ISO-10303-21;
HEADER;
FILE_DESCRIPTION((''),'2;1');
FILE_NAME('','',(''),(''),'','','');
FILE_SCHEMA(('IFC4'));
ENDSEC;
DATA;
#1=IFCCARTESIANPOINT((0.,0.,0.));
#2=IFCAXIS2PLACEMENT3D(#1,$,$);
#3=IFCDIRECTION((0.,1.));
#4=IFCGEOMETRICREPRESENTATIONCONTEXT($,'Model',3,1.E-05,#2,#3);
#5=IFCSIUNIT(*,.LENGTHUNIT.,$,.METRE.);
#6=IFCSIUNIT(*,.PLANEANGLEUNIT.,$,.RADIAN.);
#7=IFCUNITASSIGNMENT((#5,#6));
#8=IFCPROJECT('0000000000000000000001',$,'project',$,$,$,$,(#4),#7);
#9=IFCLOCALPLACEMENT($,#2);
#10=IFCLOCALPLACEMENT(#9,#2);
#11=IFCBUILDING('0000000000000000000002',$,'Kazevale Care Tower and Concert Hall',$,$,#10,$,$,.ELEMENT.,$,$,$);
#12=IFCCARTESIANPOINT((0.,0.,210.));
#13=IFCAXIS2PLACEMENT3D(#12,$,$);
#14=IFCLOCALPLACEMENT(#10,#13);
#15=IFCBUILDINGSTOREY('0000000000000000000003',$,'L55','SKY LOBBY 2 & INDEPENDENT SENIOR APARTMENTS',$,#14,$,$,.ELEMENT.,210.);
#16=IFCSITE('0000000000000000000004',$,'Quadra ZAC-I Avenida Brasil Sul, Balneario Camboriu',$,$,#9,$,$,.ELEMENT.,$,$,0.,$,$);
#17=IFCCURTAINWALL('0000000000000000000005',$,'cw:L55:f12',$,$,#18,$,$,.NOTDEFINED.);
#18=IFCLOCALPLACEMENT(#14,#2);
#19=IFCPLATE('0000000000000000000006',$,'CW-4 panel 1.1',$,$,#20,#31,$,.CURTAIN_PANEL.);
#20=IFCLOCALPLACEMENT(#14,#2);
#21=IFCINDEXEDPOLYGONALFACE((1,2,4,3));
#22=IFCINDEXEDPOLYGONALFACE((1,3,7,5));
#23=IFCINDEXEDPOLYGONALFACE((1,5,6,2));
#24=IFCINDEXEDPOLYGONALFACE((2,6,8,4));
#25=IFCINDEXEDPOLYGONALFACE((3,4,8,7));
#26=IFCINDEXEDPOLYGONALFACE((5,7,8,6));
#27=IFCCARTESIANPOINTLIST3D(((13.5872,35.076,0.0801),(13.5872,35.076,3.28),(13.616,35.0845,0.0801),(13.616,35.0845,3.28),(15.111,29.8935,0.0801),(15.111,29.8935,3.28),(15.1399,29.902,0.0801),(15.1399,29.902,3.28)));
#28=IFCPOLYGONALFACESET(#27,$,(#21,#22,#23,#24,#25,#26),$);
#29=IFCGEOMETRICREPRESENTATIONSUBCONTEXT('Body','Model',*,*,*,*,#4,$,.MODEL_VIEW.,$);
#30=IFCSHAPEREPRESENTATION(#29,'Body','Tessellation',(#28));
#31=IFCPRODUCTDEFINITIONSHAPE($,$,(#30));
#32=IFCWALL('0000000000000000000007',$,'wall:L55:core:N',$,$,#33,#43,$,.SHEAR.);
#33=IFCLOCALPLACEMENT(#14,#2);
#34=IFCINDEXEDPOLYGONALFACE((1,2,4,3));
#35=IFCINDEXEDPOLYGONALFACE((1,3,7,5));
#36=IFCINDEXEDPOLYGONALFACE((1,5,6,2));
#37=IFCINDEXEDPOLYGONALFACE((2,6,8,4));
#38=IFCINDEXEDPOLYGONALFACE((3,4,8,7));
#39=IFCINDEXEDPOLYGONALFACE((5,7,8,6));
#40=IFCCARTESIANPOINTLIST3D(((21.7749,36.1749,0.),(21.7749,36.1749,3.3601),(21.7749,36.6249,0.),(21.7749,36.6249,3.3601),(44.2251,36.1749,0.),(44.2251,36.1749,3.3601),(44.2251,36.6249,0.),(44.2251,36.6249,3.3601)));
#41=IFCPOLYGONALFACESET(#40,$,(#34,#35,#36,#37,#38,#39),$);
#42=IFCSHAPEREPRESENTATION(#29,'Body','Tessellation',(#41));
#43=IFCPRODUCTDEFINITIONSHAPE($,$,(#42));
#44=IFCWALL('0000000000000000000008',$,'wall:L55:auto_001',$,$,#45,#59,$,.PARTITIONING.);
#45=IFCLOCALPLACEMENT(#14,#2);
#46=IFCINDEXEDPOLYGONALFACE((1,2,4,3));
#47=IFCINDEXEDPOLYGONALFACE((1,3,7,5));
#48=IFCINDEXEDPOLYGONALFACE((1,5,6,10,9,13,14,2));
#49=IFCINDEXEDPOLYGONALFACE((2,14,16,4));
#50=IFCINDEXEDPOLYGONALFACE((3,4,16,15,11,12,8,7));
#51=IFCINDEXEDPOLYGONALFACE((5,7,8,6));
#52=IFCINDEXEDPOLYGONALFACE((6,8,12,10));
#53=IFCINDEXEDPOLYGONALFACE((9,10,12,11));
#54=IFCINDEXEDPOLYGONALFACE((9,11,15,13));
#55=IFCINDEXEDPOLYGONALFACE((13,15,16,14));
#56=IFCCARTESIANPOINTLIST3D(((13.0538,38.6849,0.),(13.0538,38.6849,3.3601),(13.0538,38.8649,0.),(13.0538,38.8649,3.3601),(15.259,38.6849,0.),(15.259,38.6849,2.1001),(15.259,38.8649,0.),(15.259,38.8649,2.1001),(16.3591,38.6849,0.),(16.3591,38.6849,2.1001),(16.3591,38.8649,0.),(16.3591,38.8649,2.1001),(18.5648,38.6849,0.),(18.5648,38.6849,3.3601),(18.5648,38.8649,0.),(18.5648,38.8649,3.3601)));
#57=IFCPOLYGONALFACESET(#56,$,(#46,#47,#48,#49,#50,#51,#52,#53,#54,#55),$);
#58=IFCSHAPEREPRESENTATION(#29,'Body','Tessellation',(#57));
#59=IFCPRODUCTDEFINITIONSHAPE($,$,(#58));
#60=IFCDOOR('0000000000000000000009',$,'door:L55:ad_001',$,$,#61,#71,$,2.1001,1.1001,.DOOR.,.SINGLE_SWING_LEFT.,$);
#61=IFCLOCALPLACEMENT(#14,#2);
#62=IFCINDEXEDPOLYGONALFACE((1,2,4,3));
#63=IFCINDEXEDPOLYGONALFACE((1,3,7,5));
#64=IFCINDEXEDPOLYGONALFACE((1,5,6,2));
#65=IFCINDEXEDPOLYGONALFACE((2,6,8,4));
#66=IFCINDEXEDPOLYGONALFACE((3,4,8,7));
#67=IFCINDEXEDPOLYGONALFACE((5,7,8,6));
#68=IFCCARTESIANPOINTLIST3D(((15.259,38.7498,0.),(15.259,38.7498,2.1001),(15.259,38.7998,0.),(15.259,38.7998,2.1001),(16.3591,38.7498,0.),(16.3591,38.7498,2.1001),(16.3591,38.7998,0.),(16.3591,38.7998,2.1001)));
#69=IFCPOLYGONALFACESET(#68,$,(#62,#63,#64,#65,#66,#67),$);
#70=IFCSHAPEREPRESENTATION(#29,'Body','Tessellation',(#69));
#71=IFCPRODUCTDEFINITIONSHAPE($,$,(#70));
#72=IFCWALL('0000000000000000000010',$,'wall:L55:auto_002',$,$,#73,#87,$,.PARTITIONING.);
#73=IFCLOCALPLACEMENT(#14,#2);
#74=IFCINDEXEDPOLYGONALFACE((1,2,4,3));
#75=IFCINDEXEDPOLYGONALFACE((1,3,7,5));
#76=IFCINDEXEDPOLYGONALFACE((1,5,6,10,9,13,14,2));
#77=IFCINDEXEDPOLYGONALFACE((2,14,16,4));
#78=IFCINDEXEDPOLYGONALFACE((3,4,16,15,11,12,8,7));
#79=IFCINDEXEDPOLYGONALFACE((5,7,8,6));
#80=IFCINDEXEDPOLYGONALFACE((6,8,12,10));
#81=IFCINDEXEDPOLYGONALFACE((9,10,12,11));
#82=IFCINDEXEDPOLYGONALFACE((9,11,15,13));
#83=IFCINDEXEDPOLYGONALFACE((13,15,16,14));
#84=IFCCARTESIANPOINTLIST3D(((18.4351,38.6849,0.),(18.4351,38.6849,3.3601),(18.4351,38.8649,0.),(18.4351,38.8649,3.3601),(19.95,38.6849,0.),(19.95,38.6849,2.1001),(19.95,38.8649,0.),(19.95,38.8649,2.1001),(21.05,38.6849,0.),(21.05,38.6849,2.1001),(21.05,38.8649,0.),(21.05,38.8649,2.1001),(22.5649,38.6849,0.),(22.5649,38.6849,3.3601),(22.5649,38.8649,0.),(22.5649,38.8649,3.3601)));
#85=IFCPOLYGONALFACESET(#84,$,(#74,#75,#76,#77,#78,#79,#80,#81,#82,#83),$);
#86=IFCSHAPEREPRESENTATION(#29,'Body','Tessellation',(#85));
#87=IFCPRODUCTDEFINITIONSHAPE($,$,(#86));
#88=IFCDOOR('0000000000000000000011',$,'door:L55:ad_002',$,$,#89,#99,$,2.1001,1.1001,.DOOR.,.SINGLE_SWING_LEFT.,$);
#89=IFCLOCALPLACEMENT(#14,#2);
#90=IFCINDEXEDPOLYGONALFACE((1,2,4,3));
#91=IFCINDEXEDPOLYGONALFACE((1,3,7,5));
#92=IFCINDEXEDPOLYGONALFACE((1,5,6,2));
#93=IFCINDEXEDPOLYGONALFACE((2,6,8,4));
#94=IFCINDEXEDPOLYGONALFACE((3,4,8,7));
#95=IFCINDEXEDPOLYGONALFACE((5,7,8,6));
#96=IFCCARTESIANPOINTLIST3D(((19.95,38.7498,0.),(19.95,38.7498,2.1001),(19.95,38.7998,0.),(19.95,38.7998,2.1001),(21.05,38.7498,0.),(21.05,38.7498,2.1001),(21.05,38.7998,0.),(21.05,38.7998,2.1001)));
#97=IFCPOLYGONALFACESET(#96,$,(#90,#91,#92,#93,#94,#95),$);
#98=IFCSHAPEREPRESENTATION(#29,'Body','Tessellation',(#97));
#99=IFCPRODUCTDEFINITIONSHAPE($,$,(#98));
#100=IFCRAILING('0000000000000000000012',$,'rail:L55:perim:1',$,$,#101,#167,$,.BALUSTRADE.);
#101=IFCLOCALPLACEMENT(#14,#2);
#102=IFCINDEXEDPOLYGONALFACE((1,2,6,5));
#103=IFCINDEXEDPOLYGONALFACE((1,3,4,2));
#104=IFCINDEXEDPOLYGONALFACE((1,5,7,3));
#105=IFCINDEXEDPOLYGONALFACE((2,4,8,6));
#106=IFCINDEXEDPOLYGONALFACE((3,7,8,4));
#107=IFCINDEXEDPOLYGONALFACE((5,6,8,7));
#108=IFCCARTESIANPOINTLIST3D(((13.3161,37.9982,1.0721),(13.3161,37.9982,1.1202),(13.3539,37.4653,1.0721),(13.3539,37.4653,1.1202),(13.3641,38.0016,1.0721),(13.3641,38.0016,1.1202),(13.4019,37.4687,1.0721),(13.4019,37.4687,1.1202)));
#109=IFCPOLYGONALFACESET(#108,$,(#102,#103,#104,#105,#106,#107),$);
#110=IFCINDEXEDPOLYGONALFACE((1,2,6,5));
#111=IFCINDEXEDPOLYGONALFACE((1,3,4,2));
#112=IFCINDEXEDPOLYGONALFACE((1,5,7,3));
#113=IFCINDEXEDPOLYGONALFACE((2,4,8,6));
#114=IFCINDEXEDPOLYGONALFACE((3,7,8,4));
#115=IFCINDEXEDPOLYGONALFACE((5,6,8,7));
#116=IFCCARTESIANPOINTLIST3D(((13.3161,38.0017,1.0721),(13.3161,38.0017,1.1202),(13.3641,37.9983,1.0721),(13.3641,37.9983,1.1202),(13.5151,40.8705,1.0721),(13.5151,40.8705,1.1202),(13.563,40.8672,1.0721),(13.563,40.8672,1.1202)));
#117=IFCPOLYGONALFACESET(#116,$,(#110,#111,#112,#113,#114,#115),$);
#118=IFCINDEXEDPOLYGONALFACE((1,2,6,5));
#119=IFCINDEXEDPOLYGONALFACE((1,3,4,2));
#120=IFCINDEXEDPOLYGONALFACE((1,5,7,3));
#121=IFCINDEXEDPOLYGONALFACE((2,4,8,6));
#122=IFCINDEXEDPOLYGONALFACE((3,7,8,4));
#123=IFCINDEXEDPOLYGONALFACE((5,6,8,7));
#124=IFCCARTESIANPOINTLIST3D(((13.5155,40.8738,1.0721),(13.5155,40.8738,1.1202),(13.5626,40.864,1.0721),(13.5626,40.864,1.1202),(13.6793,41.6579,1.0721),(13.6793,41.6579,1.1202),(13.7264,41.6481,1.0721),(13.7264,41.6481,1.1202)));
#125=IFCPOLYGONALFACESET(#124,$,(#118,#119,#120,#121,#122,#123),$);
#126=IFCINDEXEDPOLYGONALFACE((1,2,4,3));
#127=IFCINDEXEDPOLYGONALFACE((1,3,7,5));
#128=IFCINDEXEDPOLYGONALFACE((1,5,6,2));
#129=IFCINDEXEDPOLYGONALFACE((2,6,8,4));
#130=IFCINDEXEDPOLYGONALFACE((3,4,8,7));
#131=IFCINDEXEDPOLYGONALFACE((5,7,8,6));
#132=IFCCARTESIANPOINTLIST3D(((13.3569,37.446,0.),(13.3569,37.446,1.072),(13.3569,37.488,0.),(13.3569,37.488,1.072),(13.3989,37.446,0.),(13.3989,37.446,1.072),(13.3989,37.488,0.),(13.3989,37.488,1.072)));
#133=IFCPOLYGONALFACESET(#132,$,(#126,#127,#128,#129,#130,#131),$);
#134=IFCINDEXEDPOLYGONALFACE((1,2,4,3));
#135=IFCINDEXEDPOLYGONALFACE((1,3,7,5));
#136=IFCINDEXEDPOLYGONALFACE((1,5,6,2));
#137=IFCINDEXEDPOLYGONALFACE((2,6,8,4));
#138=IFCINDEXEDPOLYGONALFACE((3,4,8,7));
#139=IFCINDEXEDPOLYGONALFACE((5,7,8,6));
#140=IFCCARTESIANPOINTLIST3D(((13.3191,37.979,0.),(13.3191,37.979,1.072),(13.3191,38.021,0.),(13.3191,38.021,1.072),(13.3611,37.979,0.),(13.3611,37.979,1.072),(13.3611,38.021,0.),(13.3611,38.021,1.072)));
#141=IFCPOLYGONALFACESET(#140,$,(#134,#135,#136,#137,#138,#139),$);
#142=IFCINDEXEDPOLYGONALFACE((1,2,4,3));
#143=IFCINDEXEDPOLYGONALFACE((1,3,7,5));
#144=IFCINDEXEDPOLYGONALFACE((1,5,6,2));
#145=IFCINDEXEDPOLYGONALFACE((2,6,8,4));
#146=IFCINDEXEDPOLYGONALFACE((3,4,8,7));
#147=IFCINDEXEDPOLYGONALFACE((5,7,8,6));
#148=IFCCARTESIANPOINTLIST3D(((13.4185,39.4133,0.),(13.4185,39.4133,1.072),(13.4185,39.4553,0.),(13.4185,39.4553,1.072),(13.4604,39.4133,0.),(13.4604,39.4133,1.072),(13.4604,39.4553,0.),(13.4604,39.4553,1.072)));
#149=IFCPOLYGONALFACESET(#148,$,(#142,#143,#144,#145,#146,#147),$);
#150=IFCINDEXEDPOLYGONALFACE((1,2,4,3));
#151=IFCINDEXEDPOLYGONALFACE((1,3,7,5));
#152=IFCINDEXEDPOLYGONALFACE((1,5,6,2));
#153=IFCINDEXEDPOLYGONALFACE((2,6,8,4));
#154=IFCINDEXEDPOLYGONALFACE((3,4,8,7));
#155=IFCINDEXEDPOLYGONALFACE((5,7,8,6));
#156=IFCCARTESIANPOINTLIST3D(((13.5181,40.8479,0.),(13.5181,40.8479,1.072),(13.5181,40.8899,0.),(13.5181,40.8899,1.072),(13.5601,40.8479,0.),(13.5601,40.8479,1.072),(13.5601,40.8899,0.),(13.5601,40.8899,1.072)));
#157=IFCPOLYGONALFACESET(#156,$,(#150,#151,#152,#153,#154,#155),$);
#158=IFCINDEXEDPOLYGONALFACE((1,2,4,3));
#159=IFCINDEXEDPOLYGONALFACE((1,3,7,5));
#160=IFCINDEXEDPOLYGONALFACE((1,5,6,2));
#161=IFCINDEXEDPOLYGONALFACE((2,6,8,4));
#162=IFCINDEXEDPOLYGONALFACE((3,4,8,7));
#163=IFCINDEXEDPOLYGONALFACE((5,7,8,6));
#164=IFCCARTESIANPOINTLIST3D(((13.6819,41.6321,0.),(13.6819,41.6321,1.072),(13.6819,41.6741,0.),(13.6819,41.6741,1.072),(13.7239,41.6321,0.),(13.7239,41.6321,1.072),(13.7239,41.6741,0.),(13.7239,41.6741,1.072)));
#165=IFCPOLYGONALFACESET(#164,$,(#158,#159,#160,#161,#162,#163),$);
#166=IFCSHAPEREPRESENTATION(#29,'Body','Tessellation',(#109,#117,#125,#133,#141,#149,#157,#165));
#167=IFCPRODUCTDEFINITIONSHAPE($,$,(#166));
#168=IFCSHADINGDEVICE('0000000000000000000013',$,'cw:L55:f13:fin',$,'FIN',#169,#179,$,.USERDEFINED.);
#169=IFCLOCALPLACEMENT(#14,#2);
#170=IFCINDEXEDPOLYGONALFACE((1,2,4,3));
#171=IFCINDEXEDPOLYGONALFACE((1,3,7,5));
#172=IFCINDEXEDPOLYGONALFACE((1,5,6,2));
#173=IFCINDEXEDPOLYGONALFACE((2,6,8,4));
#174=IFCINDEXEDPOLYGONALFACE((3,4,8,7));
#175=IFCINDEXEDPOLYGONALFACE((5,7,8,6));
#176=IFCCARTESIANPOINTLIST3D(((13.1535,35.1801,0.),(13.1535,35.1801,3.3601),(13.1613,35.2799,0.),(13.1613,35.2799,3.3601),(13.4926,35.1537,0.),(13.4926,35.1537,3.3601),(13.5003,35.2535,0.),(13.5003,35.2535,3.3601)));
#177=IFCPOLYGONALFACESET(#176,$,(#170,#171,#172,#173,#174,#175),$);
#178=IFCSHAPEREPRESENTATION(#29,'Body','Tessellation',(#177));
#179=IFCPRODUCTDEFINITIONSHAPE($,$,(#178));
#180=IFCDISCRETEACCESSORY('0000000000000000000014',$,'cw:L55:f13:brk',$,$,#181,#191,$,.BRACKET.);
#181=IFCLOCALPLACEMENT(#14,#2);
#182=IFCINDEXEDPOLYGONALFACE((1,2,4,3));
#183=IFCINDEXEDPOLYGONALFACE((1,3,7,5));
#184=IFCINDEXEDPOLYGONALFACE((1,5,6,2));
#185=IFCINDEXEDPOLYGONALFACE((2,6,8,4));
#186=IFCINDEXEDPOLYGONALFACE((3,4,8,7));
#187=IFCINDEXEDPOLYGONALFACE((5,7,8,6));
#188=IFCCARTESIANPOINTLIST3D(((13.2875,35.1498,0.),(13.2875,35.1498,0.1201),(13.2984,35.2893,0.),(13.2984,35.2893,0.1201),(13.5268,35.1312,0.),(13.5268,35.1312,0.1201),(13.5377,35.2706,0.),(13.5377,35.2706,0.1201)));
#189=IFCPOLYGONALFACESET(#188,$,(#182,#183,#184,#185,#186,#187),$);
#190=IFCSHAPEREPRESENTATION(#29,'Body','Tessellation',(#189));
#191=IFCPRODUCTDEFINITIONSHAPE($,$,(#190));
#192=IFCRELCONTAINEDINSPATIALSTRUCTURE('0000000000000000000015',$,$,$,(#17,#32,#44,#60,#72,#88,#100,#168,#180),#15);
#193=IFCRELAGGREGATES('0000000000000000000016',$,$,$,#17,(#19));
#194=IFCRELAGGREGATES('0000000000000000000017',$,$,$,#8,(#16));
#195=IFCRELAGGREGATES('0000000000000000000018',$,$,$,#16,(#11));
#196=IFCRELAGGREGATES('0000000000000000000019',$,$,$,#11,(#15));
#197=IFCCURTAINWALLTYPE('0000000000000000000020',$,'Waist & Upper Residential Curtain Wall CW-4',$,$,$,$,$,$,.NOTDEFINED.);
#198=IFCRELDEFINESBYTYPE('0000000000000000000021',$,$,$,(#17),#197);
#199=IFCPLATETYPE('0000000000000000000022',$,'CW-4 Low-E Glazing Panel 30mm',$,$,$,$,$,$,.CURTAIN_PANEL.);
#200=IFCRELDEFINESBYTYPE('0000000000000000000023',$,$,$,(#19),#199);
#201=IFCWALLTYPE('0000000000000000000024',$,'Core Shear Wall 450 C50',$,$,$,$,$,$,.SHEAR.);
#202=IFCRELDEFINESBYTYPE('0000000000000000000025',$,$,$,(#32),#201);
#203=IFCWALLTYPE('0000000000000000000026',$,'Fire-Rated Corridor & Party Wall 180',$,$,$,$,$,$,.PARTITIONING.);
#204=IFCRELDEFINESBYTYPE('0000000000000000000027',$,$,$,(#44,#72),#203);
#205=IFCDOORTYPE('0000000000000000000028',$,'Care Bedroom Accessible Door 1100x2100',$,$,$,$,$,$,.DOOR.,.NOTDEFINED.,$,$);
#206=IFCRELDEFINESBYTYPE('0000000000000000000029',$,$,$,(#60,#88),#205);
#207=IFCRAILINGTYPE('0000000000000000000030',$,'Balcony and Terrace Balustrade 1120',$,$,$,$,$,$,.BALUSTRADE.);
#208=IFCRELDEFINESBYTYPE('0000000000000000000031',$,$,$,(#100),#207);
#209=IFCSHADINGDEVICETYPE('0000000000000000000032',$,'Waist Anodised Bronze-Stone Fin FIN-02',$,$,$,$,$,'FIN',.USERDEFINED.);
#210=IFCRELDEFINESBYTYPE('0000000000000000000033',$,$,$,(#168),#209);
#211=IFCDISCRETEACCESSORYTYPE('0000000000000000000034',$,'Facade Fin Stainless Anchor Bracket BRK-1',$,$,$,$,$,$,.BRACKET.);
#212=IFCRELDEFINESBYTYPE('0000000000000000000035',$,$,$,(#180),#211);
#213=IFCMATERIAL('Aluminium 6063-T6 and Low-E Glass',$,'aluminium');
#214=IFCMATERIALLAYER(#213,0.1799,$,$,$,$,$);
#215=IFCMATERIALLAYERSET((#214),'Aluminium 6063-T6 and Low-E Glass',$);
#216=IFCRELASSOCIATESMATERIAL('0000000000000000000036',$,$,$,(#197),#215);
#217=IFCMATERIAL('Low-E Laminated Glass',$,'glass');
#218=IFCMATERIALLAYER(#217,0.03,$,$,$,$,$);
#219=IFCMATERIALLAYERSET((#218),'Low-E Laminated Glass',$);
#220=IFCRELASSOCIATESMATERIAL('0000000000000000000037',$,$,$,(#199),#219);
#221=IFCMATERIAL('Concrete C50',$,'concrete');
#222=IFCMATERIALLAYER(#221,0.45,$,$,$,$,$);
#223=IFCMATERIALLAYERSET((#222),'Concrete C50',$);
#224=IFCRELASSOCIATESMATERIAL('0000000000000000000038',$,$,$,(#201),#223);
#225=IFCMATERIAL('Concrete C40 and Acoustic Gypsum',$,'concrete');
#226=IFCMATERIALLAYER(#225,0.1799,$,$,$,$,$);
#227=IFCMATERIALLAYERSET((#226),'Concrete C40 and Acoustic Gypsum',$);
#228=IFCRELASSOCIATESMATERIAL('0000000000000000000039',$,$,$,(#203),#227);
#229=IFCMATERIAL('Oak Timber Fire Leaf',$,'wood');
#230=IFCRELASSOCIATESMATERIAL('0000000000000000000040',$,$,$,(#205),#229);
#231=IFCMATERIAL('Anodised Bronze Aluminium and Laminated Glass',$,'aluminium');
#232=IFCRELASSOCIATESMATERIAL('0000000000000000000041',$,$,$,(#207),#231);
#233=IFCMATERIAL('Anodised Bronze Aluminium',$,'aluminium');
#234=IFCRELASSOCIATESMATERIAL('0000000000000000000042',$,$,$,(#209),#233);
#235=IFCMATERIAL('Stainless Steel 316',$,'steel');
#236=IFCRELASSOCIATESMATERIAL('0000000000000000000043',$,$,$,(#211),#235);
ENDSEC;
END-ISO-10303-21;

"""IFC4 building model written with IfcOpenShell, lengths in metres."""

from ifc_helpers import new_model, si_unit, direction, frame, frame_2d, origin, origin_2d, place, context, subcontext, project, spatial, rectangle, extrude, material, layer, layer_set, type_object, element, fill, aggregate, save


model = new_model("IFC4")

# Units and contexts
model_context = context("Model", 3, precision=1e-05, world=origin(), true_north=direction((0.0, 1.0)))
body_context = subcontext(model_context, "Body", "Model", "MODEL_VIEW")
ifc_project = project(units=[si_unit("LENGTHUNIT", "METRE"), si_unit("PLANEANGLEUNIT", "RADIAN")], contexts=[model_context])

# Site, building, storey
site_placement = place(None, origin())
site = spatial("IfcSite", under=ifc_project, at=site_placement, Name="Quadra ZAC-I Avenida Brasil Sul, Balneario Camboriu", CompositionType="ELEMENT", RefElevation=0.0)
building_placement = place(site_placement, origin())
building = spatial("IfcBuilding", under=site, at=building_placement, Name="Kazevale Care Tower and Concert Hall", CompositionType="ELEMENT")
storey_placement = place(building_placement, frame((0.0, 0.0, 210.0)))
storey = spatial("IfcBuildingStorey", under=building, at=storey_placement, Name="L55", Description="SKY LOBBY 2 & INDEPENDENT SENIOR APARTMENTS", CompositionType="ELEMENT", Elevation=210.0)

# Shared definitions
ifc_material_1 = material(Name="Concrete C50", Category="concrete")

# Curtain wall
ifc_material_2 = material(Name="Aluminium 6063-T6 and Low-E Glass", Category="aluminium")
ifc_layer_1 = layer(ifc_material_2, 0.1799)
ifc_layer_set_1 = layer_set([ifc_layer_1], Name="Aluminium 6063-T6 and Low-E Glass")
curtain_wall_type = type_object("IfcCurtainWallType", Name="Waist & Upper Residential Curtain Wall CW-4", PredefinedType="NOTDEFINED", material=ifc_layer_set_1)
curtain_wall_1_placement = place(storey_placement, origin())
curtain_wall_1 = element("IfcCurtainWall", 1, at=curtain_wall_1_placement, inside=storey, type_object=curtain_wall_type, Name="cw:L55:f12", PredefinedType="NOTDEFINED")

# Plate
ifc_material_3 = material(Name="Low-E Laminated Glass", Category="glass")
ifc_layer_2 = layer(ifc_material_3, 0.03)
ifc_layer_set_2 = layer_set([ifc_layer_2], Name="Low-E Laminated Glass")
plate_type = type_object("IfcPlateType", Name="CW-4 Low-E Glazing Panel 30mm", PredefinedType="CURTAIN_PANEL", material=ifc_layer_set_2)
plate_placement = place(storey_placement, frame((14.3635, 32.489, 0.0801), z_axis=(0.0, 0.0, 1.0), x_axis=(-0.282098, 0.959386, 0.0)))
plate = element("IfcPlate", 2, at=plate_placement, type_object=plate_type, Name="CW-4 panel 1.1", PredefinedType="CURTAIN_PANEL", context=body_context, shape_type="SweptSolid", body=[
    extrude(rectangle(XDim=5.4019, YDim=0.03, at=origin_2d()), origin(), (0.0, 0.0, 1.0), 3.2),
])
aggregate(curtain_wall_1, [plate])

# Wall
ifc_layer_3 = layer(ifc_material_1, 0.45)
ifc_layer_set_3 = layer_set([ifc_layer_3], Name="Concrete C50")
wall_type_1 = type_object("IfcWallType", Name="Core Shear Wall 450 C50", PredefinedType="SHEAR", material=ifc_layer_set_3)
wall_1_placement = place(storey_placement, frame((21.7749, 36.3999, 0.0), z_axis=(0.0, 0.0, 1.0), x_axis=(1.0, 0.0, 0.0)))
element("IfcWall", 3, at=wall_1_placement, inside=storey, type_object=wall_type_1, Name="wall:L55:core:N", PredefinedType="SHEAR", context=body_context, shape_type="SweptSolid", body=[
    extrude(rectangle(XDim=22.4502, YDim=0.45, at=frame_2d((11.2251, 0.0))), origin(), (0.0, 0.0, 1.0), 3.3601),
])

# Walls, openings, doors
ifc_material_4 = material(Name="Concrete C40 and Acoustic Gypsum", Category="concrete")
ifc_layer_4 = layer(ifc_material_4, 0.1799)
ifc_layer_set_4 = layer_set([ifc_layer_4], Name="Concrete C40 and Acoustic Gypsum")
wall_type_2 = type_object("IfcWallType", Name="Fire-Rated Corridor & Party Wall 180", PredefinedType="PARTITIONING", material=ifc_layer_set_4)
wall_2_placement = place(storey_placement, frame((13.054, 38.7749, 0.0), z_axis=(0.0, 0.0, 1.0), x_axis=(1.0, 0.0, 0.0)))
wall_2 = element("IfcWall", 4, at=wall_2_placement, inside=storey, type_object=wall_type_2, Name="wall:L55:auto_001", PredefinedType="PARTITIONING", context=body_context, shape_type="SweptSolid", body=[
    extrude(rectangle(XDim=5.511, YDim=0.1799, at=frame_2d((2.7554, 0.0))), origin(), (0.0, 0.0, 1.0), 3.3601),
])
opening_1_placement = place(wall_2_placement, frame((2.2051, 0.0, 0.0)))
opening_1 = element("IfcOpeningElement", 5, at=opening_1_placement, cuts=wall_2, PredefinedType="OPENING", context=body_context, shape_type="SweptSolid", body=[
    extrude(rectangle(XDim=1.1001, YDim=2.1001, at=frame_2d((0.55, 1.05))), frame((0.0, 0.0999, 0.0), z_axis=(0.0, -1.0, 0.0), x_axis=(1.0, 0.0, 0.0)), (0.0, 0.0, 1.0), 0.2),
])
ifc_material_5 = material(Name="Oak Timber Fire Leaf", Category="wood")
door_type = type_object("IfcDoorType", Name="Care Bedroom Accessible Door 1100x2100", OperationType="NOTDEFINED", PredefinedType="DOOR", material=ifc_material_5)
door_1_placement = place(opening_1_placement, origin())
door_1 = element("IfcDoor", 6, at=door_1_placement, inside=storey, type_object=door_type, Name="door:L55:ad_001", OperationType="SINGLE_SWING_LEFT", OverallHeight=2.1001, OverallWidth=1.1001, PredefinedType="DOOR", context=body_context, shape_type="SweptSolid", body=[
    extrude(rectangle(XDim=1.1001, YDim=2.1001, at=frame_2d((0.55, 1.05))), frame((0.0, 0.0249, 0.0), z_axis=(0.0, -1.0, 0.0), x_axis=(1.0, 0.0, 0.0)), (0.0, 0.0, 1.0), 0.05),
])
fill(opening_1, door_1)
wall_3_placement = place(storey_placement, frame((18.4351, 38.7749, 0.0), z_axis=(0.0, 0.0, 1.0), x_axis=(1.0, 0.0, 0.0)))
wall_3 = element("IfcWall", 7, at=wall_3_placement, inside=storey, type_object=wall_type_2, Name="wall:L55:auto_002", PredefinedType="PARTITIONING", context=body_context, shape_type="SweptSolid", body=[
    extrude(rectangle(XDim=4.1299, YDim=0.1799, at=frame_2d((2.0649, 0.0))), origin(), (0.0, 0.0, 1.0), 3.3601),
])
opening_2_placement = place(wall_3_placement, frame((1.5149, 0.0, 0.0)))
opening_2 = element("IfcOpeningElement", 8, at=opening_2_placement, cuts=wall_3, PredefinedType="OPENING", context=body_context, shape_type="SweptSolid", body=[
    extrude(rectangle(XDim=1.1001, YDim=2.1001, at=frame_2d((0.55, 1.05))), frame((0.0, 0.0999, 0.0), z_axis=(0.0, -1.0, 0.0), x_axis=(1.0, 0.0, 0.0)), (0.0, 0.0, 1.0), 0.2),
])
door_2_placement = place(opening_2_placement, origin())
door_2 = element("IfcDoor", 9, at=door_2_placement, inside=storey, type_object=door_type, Name="door:L55:ad_002", OperationType="SINGLE_SWING_LEFT", OverallHeight=2.1001, OverallWidth=1.1001, PredefinedType="DOOR", context=body_context, shape_type="SweptSolid", body=[
    extrude(rectangle(XDim=1.1001, YDim=2.1001, at=frame_2d((0.55, 1.05))), frame((0.0, 0.0249, 0.0), z_axis=(0.0, -1.0, 0.0), x_axis=(1.0, 0.0, 0.0)), (0.0, 0.0, 1.0), 0.05),
])
fill(opening_2, door_2)

# Railing
ifc_material_6 = material(Name="Anodised Bronze Aluminium and Laminated Glass", Category="aluminium")
railing_type = type_object("IfcRailingType", Name="Balcony and Terrace Balustrade 1120", PredefinedType="BALUSTRADE", material=ifc_material_6)
railing_placement = place(storey_placement, frame((13.3779, 37.467, 0.0)))
element("IfcRailing", 10, at=railing_placement, inside=storey, type_object=railing_type, Name="rail:L55:perim:1", PredefinedType="BALUSTRADE", context=body_context, shape_type="SweptSolid", body=[
    extrude(rectangle(XDim=0.0481, YDim=0.0481, at=origin_2d()), frame((0.0, 0.0, 1.0962), z_axis=(-0.070825, 0.997489, 0.0), x_axis=(-0.997489, -0.070825, 0.0)), (0.0, 0.0, 1.0), 0.5342),
    extrude(rectangle(XDim=0.0481, YDim=0.0481, at=origin_2d()), frame((-0.0378, 0.533, 1.0962), z_axis=(0.06919, 0.997604, 0.0), x_axis=(-0.997604, 0.06919, 0.0)), (0.0, 0.0, 1.0), 2.8757),
    extrude(rectangle(XDim=0.0481, YDim=0.0481, at=origin_2d()), frame((0.1611, 3.4019, 1.0962), z_axis=(0.20449, 0.978869, 0.0), x_axis=(-0.978869, 0.20449, 0.0)), (0.0, 0.0, 1.0), 0.801),
    extrude(rectangle(XDim=0.042, YDim=0.042, at=origin_2d()), origin(), (0.0, 0.0, 1.0), 1.072),
    extrude(rectangle(XDim=0.042, YDim=0.042, at=origin_2d()), frame((-0.0378, 0.533, 0.0)), (0.0, 0.0, 1.0), 1.072),
    extrude(rectangle(XDim=0.042, YDim=0.042, at=origin_2d()), frame((0.0615, 1.9673, 0.0)), (0.0, 0.0, 1.0), 1.072),
    extrude(rectangle(XDim=0.042, YDim=0.042, at=origin_2d()), frame((0.1611, 3.4019, 0.0)), (0.0, 0.0, 1.0), 1.072),
    extrude(rectangle(XDim=0.042, YDim=0.042, at=origin_2d()), frame((0.325, 4.186, 0.0)), (0.0, 0.0, 1.0), 1.072),
])

# Shading device
ifc_material_7 = material(Name="Anodised Bronze Aluminium", Category="aluminium")
shading_device_type = type_object("IfcShadingDeviceType", Name="Waist Anodised Bronze-Stone Fin FIN-02", ElementType="FIN", PredefinedType="USERDEFINED", material=ifc_material_7)
shading_device_placement = place(storey_placement, frame((13.3269, 35.2168, 0.0), z_axis=(0.0, 0.0, 1.0), x_axis=(-0.996985, 0.077589, 0.0)))
element("IfcShadingDevice", 11, at=shading_device_placement, inside=storey, type_object=shading_device_type, Name="cw:L55:f13:fin", ObjectType="FIN", PredefinedType="USERDEFINED", context=body_context, shape_type="SweptSolid", body=[
    extrude(rectangle(XDim=0.3401, YDim=0.1001, at=origin_2d()), origin(), (0.0, 0.0, 1.0), 3.3601),
])

# Discrete accessory
ifc_material_8 = material(Name="Stainless Steel 316", Category="steel")
discrete_accessory_type = type_object("IfcDiscreteAccessoryType", Name="Facade Fin Stainless Anchor Bracket BRK-1", PredefinedType="BRACKET", material=ifc_material_8)
discrete_accessory_placement = place(storey_placement, frame((13.4126, 35.2102, 0.0), z_axis=(0.0, 0.0, 1.0), x_axis=(-0.996985, 0.077589, 0.0)))
element("IfcDiscreteAccessory", 12, at=discrete_accessory_placement, inside=storey, type_object=discrete_accessory_type, Name="cw:L55:f13:brk", PredefinedType="BRACKET", context=body_context, shape_type="SweptSolid", body=[
    extrude(rectangle(XDim=0.24, YDim=0.1399, at=origin_2d()), origin(), (0.0, 0.0, 1.0), 0.1201),
])

save(model, "model.ifc")
